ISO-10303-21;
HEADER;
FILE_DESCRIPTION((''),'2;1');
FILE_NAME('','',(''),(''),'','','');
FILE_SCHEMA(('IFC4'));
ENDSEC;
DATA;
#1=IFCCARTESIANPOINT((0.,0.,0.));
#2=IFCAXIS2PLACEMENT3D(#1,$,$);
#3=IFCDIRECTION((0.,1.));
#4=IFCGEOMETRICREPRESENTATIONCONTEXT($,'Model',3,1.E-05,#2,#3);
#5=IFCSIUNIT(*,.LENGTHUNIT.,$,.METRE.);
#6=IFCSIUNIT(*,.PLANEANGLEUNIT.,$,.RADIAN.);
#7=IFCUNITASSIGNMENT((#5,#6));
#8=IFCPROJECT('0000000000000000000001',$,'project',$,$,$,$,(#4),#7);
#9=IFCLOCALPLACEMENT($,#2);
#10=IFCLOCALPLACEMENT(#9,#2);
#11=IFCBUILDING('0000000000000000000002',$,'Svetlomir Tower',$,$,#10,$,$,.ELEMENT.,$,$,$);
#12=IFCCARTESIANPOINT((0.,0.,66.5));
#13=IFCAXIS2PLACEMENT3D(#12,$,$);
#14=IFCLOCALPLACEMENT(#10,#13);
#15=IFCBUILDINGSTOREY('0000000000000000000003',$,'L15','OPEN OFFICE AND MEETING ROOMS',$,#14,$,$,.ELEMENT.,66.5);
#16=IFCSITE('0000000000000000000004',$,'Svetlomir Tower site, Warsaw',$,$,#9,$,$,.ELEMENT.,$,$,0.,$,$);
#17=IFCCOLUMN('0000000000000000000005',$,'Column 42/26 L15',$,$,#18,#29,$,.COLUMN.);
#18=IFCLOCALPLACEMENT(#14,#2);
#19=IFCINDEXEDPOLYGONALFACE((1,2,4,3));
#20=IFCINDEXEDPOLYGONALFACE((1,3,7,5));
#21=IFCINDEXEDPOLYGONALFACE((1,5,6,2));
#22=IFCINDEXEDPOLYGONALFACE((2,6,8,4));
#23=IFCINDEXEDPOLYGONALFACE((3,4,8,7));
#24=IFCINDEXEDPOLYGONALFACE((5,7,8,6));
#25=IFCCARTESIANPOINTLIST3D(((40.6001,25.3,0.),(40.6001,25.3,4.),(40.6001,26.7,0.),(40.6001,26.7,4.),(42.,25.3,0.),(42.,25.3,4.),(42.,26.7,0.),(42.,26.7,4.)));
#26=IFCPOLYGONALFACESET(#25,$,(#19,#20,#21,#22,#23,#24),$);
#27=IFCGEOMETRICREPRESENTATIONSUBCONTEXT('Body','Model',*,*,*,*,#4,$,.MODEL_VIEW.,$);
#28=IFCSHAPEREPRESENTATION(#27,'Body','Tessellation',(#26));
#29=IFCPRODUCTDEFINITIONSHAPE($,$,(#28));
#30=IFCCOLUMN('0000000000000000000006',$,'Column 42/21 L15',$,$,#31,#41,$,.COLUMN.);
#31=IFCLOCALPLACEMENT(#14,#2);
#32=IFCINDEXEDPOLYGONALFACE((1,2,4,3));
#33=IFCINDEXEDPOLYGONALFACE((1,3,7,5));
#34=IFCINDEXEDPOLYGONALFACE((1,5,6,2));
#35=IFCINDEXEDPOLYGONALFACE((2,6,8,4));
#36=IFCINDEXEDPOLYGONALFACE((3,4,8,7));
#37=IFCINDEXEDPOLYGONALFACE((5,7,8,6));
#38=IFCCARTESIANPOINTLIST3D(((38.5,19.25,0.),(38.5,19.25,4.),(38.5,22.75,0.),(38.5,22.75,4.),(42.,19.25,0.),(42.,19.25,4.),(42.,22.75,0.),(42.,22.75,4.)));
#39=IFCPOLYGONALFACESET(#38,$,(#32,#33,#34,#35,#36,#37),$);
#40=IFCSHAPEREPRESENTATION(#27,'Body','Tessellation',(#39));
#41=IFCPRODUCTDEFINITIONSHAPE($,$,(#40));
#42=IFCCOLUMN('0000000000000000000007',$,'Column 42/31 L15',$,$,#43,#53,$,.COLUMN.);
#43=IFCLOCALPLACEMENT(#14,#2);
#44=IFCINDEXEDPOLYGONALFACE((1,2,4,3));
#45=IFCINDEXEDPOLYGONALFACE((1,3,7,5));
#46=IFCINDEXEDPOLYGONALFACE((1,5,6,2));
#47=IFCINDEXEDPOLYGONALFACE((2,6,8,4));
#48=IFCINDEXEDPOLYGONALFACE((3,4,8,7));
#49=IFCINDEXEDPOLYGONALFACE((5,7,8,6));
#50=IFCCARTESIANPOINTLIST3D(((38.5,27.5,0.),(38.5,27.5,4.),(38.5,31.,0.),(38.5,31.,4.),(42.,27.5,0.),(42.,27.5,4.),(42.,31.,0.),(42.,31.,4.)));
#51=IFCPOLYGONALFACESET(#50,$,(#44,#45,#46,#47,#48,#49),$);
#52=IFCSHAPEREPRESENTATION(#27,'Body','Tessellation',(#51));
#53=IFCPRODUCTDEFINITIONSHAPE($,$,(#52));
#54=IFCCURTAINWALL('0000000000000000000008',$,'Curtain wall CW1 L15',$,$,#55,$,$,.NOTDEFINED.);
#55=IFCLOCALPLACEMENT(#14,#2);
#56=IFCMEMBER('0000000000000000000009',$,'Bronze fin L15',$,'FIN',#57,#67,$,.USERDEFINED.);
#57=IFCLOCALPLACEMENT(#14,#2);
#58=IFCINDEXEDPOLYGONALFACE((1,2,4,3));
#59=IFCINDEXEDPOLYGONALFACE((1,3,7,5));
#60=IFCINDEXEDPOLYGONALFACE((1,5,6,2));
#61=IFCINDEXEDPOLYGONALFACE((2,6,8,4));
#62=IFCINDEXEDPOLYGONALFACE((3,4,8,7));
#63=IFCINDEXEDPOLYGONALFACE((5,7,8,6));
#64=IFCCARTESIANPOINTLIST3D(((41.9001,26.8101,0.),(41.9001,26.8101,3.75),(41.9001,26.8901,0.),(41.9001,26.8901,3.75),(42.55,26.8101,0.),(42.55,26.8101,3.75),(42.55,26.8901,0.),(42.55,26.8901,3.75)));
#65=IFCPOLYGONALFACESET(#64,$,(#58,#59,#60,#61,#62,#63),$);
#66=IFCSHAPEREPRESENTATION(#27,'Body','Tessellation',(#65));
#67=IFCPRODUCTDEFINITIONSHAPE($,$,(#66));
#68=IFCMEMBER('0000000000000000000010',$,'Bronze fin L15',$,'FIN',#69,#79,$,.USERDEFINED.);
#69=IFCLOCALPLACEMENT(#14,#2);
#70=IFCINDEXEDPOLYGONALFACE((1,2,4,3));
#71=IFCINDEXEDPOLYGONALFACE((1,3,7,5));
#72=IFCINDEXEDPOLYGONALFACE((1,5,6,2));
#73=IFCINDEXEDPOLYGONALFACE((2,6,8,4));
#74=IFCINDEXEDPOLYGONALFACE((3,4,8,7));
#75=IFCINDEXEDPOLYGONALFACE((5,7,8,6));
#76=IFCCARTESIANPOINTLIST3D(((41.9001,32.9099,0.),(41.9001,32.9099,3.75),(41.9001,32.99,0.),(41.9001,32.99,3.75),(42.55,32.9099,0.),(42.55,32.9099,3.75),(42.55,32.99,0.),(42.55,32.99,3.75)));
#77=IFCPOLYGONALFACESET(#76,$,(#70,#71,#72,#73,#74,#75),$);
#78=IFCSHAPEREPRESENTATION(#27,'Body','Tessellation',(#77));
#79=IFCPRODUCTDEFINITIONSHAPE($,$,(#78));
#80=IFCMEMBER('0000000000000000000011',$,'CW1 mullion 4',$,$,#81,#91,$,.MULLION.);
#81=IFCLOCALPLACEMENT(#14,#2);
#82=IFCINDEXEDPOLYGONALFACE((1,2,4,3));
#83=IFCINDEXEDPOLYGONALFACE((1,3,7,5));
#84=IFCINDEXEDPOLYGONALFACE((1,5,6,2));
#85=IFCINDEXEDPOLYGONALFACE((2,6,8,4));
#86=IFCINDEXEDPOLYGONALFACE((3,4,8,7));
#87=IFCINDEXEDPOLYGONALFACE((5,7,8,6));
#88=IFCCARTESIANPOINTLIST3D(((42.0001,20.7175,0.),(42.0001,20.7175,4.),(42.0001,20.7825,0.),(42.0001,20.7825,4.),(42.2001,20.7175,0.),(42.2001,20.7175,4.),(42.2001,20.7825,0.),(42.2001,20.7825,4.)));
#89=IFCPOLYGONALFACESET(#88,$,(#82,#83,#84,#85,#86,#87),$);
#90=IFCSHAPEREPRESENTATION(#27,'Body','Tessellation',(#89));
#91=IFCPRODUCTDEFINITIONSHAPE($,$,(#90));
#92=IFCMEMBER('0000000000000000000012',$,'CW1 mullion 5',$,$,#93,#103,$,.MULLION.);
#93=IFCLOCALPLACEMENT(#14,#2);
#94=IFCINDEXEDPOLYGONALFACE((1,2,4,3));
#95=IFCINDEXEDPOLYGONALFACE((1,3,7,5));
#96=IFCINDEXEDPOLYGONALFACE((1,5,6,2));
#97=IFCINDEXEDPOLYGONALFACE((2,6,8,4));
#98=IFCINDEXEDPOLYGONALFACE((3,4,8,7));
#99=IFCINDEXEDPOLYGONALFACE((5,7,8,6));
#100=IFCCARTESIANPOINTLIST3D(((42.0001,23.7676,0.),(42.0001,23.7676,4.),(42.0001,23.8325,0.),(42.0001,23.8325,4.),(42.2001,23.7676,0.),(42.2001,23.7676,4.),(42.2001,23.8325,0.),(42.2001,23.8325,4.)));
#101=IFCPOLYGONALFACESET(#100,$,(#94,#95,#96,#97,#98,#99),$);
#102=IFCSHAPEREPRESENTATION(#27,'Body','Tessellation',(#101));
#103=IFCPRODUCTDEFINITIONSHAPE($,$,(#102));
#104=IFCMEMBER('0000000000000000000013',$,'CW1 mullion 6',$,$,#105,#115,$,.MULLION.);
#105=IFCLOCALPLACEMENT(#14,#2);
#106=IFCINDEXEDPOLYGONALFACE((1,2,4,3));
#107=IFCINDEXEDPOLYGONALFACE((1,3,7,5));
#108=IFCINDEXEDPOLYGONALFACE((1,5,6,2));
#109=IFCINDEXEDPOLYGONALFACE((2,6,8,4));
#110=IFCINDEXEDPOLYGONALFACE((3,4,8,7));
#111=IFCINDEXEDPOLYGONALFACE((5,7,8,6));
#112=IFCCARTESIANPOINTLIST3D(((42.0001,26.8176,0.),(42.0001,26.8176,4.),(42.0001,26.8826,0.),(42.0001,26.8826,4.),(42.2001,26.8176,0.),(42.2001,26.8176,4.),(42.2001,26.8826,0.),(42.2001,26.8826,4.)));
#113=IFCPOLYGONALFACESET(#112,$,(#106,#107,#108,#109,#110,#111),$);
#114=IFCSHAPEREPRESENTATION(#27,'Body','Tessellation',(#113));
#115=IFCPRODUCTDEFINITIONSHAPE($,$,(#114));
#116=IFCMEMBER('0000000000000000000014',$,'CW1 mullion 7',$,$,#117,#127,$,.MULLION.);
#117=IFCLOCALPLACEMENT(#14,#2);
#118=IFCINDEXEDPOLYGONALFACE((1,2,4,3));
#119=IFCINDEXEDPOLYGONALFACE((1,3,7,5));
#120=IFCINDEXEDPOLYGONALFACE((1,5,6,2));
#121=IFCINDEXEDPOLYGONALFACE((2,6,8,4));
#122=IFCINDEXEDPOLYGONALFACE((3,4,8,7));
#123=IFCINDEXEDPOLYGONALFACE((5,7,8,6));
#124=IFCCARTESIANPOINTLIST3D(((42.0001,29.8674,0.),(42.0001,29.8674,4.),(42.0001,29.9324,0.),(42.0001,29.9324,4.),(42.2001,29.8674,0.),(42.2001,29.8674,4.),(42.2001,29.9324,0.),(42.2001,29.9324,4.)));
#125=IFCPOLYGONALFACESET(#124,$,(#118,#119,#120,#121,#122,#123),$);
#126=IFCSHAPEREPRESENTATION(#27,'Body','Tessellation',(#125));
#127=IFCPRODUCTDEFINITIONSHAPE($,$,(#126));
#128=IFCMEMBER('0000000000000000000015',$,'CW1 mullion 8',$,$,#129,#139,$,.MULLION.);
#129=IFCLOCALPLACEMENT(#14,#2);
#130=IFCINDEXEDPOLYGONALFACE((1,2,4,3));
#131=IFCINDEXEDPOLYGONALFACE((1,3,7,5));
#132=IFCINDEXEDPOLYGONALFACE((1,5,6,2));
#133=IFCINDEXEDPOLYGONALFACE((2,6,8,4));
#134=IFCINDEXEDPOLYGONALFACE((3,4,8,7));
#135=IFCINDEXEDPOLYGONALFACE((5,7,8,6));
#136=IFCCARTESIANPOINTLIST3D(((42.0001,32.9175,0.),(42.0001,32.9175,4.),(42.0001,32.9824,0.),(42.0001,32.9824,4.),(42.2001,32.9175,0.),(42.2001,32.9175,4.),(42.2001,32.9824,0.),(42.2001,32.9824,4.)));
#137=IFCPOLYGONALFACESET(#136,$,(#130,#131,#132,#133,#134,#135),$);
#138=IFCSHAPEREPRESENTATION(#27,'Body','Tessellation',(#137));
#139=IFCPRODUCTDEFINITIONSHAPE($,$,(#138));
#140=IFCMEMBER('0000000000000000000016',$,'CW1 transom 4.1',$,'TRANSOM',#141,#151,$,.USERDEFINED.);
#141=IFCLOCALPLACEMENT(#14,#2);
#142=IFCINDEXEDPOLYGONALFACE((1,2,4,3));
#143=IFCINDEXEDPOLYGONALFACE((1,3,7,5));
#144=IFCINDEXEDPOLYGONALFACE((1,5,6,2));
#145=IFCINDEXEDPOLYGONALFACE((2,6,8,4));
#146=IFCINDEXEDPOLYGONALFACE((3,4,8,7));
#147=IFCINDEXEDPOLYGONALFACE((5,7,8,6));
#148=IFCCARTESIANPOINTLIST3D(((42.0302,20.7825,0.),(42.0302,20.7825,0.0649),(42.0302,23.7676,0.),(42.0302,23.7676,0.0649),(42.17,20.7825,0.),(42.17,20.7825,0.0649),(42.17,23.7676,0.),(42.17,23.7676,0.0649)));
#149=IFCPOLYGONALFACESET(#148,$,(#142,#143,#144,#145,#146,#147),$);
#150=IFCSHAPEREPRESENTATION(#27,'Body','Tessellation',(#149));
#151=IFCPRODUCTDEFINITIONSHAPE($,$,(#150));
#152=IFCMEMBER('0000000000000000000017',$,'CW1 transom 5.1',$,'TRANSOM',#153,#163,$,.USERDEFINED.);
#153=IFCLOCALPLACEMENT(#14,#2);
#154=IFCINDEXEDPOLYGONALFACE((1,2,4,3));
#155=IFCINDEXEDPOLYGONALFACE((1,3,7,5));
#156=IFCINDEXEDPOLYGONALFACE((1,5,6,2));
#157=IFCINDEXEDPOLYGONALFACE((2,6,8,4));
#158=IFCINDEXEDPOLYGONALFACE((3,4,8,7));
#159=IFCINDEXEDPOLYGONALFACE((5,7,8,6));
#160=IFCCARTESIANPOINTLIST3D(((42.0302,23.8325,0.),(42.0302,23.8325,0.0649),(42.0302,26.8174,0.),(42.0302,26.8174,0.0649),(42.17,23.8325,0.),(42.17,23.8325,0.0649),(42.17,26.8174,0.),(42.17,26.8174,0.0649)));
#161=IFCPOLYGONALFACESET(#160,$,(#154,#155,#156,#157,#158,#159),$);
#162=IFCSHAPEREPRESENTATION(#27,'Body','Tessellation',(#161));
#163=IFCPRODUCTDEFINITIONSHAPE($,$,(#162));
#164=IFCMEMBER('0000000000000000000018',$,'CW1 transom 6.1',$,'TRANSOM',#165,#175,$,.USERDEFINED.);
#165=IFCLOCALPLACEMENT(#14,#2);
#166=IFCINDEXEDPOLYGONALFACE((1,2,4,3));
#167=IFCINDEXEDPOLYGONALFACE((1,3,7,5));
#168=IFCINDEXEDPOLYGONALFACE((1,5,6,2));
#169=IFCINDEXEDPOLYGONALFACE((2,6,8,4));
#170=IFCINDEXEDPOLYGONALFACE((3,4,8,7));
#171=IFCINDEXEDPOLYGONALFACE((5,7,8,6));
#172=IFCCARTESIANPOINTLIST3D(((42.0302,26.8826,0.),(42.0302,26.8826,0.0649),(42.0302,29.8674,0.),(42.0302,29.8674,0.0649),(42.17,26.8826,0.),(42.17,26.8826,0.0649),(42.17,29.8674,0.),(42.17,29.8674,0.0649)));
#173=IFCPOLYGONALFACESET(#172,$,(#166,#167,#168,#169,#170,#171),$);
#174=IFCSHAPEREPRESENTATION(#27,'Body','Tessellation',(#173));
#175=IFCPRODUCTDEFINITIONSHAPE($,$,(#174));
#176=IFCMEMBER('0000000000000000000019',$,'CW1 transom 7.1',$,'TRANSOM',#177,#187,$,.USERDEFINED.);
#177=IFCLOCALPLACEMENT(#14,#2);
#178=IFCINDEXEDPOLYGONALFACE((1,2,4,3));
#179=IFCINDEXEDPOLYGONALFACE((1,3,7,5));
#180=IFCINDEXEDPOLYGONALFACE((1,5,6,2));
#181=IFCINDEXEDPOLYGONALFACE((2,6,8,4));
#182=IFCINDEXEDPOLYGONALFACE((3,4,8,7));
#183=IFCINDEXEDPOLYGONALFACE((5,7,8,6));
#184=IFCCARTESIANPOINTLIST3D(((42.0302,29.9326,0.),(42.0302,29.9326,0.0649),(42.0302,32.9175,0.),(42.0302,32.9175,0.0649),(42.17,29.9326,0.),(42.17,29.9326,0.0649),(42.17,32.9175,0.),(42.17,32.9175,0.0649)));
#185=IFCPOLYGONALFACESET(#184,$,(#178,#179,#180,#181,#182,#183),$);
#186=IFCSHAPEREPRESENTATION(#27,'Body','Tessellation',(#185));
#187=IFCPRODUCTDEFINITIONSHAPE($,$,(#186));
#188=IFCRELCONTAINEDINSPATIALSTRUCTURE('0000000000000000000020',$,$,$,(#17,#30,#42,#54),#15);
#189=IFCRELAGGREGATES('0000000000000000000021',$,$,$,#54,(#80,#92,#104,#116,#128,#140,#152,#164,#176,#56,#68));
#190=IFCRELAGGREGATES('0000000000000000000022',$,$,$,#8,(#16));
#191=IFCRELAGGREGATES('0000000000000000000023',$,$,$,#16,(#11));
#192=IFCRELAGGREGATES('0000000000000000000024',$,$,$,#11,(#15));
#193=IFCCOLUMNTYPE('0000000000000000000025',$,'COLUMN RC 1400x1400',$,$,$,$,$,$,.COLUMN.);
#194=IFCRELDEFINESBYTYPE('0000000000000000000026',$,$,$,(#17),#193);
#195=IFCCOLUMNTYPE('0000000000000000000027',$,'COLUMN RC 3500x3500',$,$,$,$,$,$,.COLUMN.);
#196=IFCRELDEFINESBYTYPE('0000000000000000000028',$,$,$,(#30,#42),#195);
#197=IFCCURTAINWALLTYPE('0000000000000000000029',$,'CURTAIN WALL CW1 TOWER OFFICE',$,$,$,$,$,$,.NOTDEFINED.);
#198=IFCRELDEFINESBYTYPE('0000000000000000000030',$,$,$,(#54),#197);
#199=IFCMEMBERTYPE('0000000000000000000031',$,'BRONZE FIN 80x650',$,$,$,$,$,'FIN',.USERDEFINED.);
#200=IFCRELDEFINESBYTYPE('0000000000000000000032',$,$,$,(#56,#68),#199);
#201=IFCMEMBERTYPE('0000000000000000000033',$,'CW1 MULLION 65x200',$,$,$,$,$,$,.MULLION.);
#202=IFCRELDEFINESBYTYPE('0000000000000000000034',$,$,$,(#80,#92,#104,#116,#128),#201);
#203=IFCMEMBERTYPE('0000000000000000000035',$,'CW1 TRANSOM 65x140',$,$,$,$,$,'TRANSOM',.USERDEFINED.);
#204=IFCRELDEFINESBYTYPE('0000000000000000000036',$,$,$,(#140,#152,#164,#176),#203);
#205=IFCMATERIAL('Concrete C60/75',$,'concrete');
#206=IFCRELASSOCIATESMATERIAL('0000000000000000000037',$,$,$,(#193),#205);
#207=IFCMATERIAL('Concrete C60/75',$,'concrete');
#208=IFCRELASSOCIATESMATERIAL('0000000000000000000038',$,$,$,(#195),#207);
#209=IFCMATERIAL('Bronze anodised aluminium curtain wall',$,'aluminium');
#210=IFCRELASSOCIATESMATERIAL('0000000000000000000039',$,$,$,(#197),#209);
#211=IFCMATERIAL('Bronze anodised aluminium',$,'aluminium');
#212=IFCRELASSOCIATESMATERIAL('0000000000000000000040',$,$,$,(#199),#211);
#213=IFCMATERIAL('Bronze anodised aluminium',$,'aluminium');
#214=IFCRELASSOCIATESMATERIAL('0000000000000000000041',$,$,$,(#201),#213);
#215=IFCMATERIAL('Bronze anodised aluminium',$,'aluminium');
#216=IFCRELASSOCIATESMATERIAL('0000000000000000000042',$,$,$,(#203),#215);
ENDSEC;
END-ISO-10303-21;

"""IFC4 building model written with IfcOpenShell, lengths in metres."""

from ifc_helpers import new_model, si_unit, direction, frame, origin, origin_2d, place, context, subcontext, project, spatial, rectangle, extrude, material, material_profile, profile_set, type_object, element, aggregate, save


model = new_model("IFC4")

# Units and contexts
model_context = context("Model", 3, precision=1e-05, world=origin(), true_north=direction((0.0, 1.0)))
body_context = subcontext(model_context, "Body", "Model", "MODEL_VIEW")
ifc_project = project(units=[si_unit("LENGTHUNIT", "METRE"), si_unit("PLANEANGLEUNIT", "RADIAN")], contexts=[model_context])

# Site, building, storey
site_placement = place(None, origin())
site = spatial("IfcSite", under=ifc_project, at=site_placement, Name="Svetlomir Tower site, Warsaw", CompositionType="ELEMENT", RefElevation=0.0)
building_placement = place(site_placement, origin())
building = spatial("IfcBuilding", under=site, at=building_placement, Name="Svetlomir Tower", CompositionType="ELEMENT")
storey_placement = place(building_placement, frame((0.0, 0.0, 66.5)))
storey = spatial("IfcBuildingStorey", under=building, at=storey_placement, Name="L15", Description="OPEN OFFICE AND MEETING ROOMS", CompositionType="ELEMENT", Elevation=66.5)

# Columns
ifc_material_1 = material(Name="Concrete C60/75", Category="concrete")
ifc_material_profile_1 = material_profile(ifc_material_1, rectangle(XDim=1.3999, YDim=1.3999, at=origin_2d()), Name="RC 1400x1400")
ifc_profile_set_1 = profile_set([ifc_material_profile_1], Name="Concrete C60/75")
column_type_1 = type_object("IfcColumnType", Name="COLUMN RC 1400x1400", PredefinedType="COLUMN", material=ifc_profile_set_1)
column_placement = place(storey_placement, frame((41.3, 26.0, 0.0), z_axis=(0.0, 0.0, 1.0), x_axis=(1.0, 0.0, 0.0)))
element("IfcColumn", 1, at=column_placement, inside=storey, type_object=column_type_1, Name="Column 42/26 L15", PredefinedType="COLUMN", context=body_context, shape_type="SweptSolid", body=[
    extrude(rectangle(XDim=1.3999, YDim=1.3999, at=origin_2d()), origin(), (0.0, 0.0, 1.0), 4.0),
])
ifc_material_2 = material(Name="Concrete C60/75", Category="concrete")
ifc_material_profile_2 = material_profile(ifc_material_2, rectangle(XDim=3.5, YDim=3.5, at=origin_2d()), Name="RC 3500x3500")
ifc_profile_set_2 = profile_set([ifc_material_profile_2], Name="Concrete C60/75")
column_type_2 = type_object("IfcColumnType", Name="COLUMN RC 3500x3500", PredefinedType="COLUMN", material=ifc_profile_set_2)
for number, where, z_axis, x_axis, name in (
    (2, (40.25, 21.0, 0.0), (0.0, 0.0, 1.0), (1.0, 0.0, 0.0), "Column 42/21 L15"),
    (3, (40.25, 29.25, 0.0), (0.0, 0.0, 1.0), (1.0, 0.0, 0.0), "Column 42/31 L15"),
):
    element("IfcColumn", number, at=place(storey_placement, frame(where, z_axis=z_axis, x_axis=x_axis)), inside=storey, type_object=column_type_2, Name=name, PredefinedType="COLUMN", context=body_context, shape_type="SweptSolid", body=[
        extrude(rectangle(XDim=3.5, YDim=3.5, at=origin_2d()), origin(), (0.0, 0.0, 1.0), 4.0),
    ])

# Curtain wall, members
ifc_material_3 = material(Name="Bronze anodised aluminium curtain wall", Category="aluminium")
curtain_wall_type = type_object("IfcCurtainWallType", Name="CURTAIN WALL CW1 TOWER OFFICE", PredefinedType="NOTDEFINED", material=ifc_material_3)
curtain_wall_placement = place(storey_placement, origin())
curtain_wall = element("IfcCurtainWall", 4, at=curtain_wall_placement, inside=storey, type_object=curtain_wall_type, Name="Curtain wall CW1 L15", PredefinedType="NOTDEFINED")
ifc_material_4 = material(Name="Bronze anodised aluminium", Category="aluminium")
ifc_material_profile_3 = material_profile(ifc_material_4, rectangle(XDim=0.0801, YDim=0.6499, at=origin_2d()), Name="FIN 80x650")
ifc_profile_set_3 = profile_set([ifc_material_profile_3], Name="Bronze anodised aluminium 6063-T6")
member_type_1 = type_object("IfcMemberType", Name="BRONZE FIN 80x650", ElementType="FIN", PredefinedType="USERDEFINED", material=ifc_profile_set_3)
member_1_placement = place(storey_placement, frame((42.2251, 26.8501, 0.0), z_axis=(0.0, 0.0, 1.0), x_axis=(0.0, 1.0, 0.0)))
member_1 = element("IfcMember", 5, at=member_1_placement, type_object=member_type_1, Name="Bronze fin L15", ObjectType="FIN", PredefinedType="USERDEFINED", context=body_context, shape_type="SweptSolid", body=[
    extrude(rectangle(XDim=0.0801, YDim=0.6499, at=origin_2d()), origin(), (0.0, 0.0, 1.0), 3.75),
])
member_2_placement = place(storey_placement, frame((42.2251, 32.95, 0.0), z_axis=(0.0, 0.0, 1.0), x_axis=(0.0, 1.0, 0.0)))
member_2 = element("IfcMember", 6, at=member_2_placement, type_object=member_type_1, Name="Bronze fin L15", ObjectType="FIN", PredefinedType="USERDEFINED", context=body_context, shape_type="SweptSolid", body=[
    extrude(rectangle(XDim=0.0801, YDim=0.6499, at=origin_2d()), origin(), (0.0, 0.0, 1.0), 3.75),
])
ifc_material_5 = material(Name="Bronze anodised aluminium", Category="aluminium")
ifc_material_profile_4 = material_profile(ifc_material_5, rectangle(XDim=0.0649, YDim=0.2, at=origin_2d()), Name="AL 65x200")
ifc_profile_set_4 = profile_set([ifc_material_profile_4], Name="Bronze anodised aluminium 6063-T6")
member_type_2 = type_object("IfcMemberType", Name="CW1 MULLION 65x200", PredefinedType="MULLION", material=ifc_profile_set_4)
member_3_placement = place(storey_placement, frame((42.1001, 20.75, 0.0), z_axis=(0.0, 0.0, 1.0), x_axis=(0.0, 1.0, 0.0)))
member_3 = element("IfcMember", 7, at=member_3_placement, type_object=member_type_2, Name="CW1 mullion 4", PredefinedType="MULLION", context=body_context, shape_type="SweptSolid", body=[
    extrude(rectangle(XDim=0.0649, YDim=0.2, at=origin_2d()), origin(), (0.0, 0.0, 1.0), 4.0),
])
member_4_placement = place(storey_placement, frame((42.1001, 23.8, 0.0), z_axis=(0.0, 0.0, 1.0), x_axis=(0.0, 1.0, 0.0)))
member_4 = element("IfcMember", 8, at=member_4_placement, type_object=member_type_2, Name="CW1 mullion 5", PredefinedType="MULLION", context=body_context, shape_type="SweptSolid", body=[
    extrude(rectangle(XDim=0.0649, YDim=0.2, at=origin_2d()), origin(), (0.0, 0.0, 1.0), 4.0),
])
member_5_placement = place(storey_placement, frame((42.1001, 26.8501, 0.0), z_axis=(0.0, 0.0, 1.0), x_axis=(0.0, 1.0, 0.0)))
member_5 = element("IfcMember", 9, at=member_5_placement, type_object=member_type_2, Name="CW1 mullion 6", PredefinedType="MULLION", context=body_context, shape_type="SweptSolid", body=[
    extrude(rectangle(XDim=0.0649, YDim=0.2, at=origin_2d()), origin(), (0.0, 0.0, 1.0), 4.0),
])
member_6_placement = place(storey_placement, frame((42.1001, 29.8999, 0.0), z_axis=(0.0, 0.0, 1.0), x_axis=(0.0, 1.0, 0.0)))
member_6 = element("IfcMember", 10, at=member_6_placement, type_object=member_type_2, Name="CW1 mullion 7", PredefinedType="MULLION", context=body_context, shape_type="SweptSolid", body=[
    extrude(rectangle(XDim=0.0649, YDim=0.2, at=origin_2d()), origin(), (0.0, 0.0, 1.0), 4.0),
])
member_7_placement = place(storey_placement, frame((42.1001, 32.95, 0.0), z_axis=(0.0, 0.0, 1.0), x_axis=(0.0, 1.0, 0.0)))
member_7 = element("IfcMember", 11, at=member_7_placement, type_object=member_type_2, Name="CW1 mullion 8", PredefinedType="MULLION", context=body_context, shape_type="SweptSolid", body=[
    extrude(rectangle(XDim=0.0649, YDim=0.2, at=origin_2d()), origin(), (0.0, 0.0, 1.0), 4.0),
])
ifc_material_6 = material(Name="Bronze anodised aluminium", Category="aluminium")
ifc_material_profile_5 = material_profile(ifc_material_6, rectangle(XDim=0.1399, YDim=0.0649, at=origin_2d()), Name="AL 140x65")
ifc_profile_set_5 = profile_set([ifc_material_profile_5], Name="Bronze anodised aluminium 6063-T6")
member_type_3 = type_object("IfcMemberType", Name="CW1 TRANSOM 65x140", ElementType="TRANSOM", PredefinedType="USERDEFINED", material=ifc_profile_set_5)
member_8_placement = place(storey_placement, frame((42.1001, 20.7825, 0.0325), z_axis=(0.0, 1.0, 0.0), x_axis=(-1.0, 0.0, 0.0)))
member_8 = element("IfcMember", 12, at=member_8_placement, type_object=member_type_3, Name="CW1 transom 4.1", ObjectType="TRANSOM", PredefinedType="USERDEFINED", context=body_context, shape_type="SweptSolid", body=[
    extrude(rectangle(XDim=0.1399, YDim=0.0649, at=origin_2d()), origin(), (0.0, 0.0, 1.0), 2.9851),
])
member_9_placement = place(storey_placement, frame((42.1001, 23.8325, 0.0325), z_axis=(0.0, 1.0, 0.0), x_axis=(-1.0, 0.0, 0.0)))
member_9 = element("IfcMember", 13, at=member_9_placement, type_object=member_type_3, Name="CW1 transom 5.1", ObjectType="TRANSOM", PredefinedType="USERDEFINED", context=body_context, shape_type="SweptSolid", body=[
    extrude(rectangle(XDim=0.1399, YDim=0.0649, at=origin_2d()), origin(), (0.0, 0.0, 1.0), 2.9849),
])
member_10_placement = place(storey_placement, frame((42.1001, 26.8826, 0.0325), z_axis=(0.0, 1.0, 0.0), x_axis=(-1.0, 0.0, 0.0)))
member_10 = element("IfcMember", 14, at=member_10_placement, type_object=member_type_3, Name="CW1 transom 6.1", ObjectType="TRANSOM", PredefinedType="USERDEFINED", context=body_context, shape_type="SweptSolid", body=[
    extrude(rectangle(XDim=0.1399, YDim=0.0649, at=origin_2d()), origin(), (0.0, 0.0, 1.0), 2.9849),
])
member_11_placement = place(storey_placement, frame((42.1001, 29.9326, 0.0325), z_axis=(0.0, 1.0, 0.0), x_axis=(-1.0, 0.0, 0.0)))
member_11 = element("IfcMember", 15, at=member_11_placement, type_object=member_type_3, Name="CW1 transom 7.1", ObjectType="TRANSOM", PredefinedType="USERDEFINED", context=body_context, shape_type="SweptSolid", body=[
    extrude(rectangle(XDim=0.1399, YDim=0.0649, at=origin_2d()), origin(), (0.0, 0.0, 1.0), 2.9849),
])

aggregate(curtain_wall, [member_3, member_4, member_5, member_6, member_7, member_8, member_9, member_10, member_11, member_1, member_2])

save(model, "model.ifc")
